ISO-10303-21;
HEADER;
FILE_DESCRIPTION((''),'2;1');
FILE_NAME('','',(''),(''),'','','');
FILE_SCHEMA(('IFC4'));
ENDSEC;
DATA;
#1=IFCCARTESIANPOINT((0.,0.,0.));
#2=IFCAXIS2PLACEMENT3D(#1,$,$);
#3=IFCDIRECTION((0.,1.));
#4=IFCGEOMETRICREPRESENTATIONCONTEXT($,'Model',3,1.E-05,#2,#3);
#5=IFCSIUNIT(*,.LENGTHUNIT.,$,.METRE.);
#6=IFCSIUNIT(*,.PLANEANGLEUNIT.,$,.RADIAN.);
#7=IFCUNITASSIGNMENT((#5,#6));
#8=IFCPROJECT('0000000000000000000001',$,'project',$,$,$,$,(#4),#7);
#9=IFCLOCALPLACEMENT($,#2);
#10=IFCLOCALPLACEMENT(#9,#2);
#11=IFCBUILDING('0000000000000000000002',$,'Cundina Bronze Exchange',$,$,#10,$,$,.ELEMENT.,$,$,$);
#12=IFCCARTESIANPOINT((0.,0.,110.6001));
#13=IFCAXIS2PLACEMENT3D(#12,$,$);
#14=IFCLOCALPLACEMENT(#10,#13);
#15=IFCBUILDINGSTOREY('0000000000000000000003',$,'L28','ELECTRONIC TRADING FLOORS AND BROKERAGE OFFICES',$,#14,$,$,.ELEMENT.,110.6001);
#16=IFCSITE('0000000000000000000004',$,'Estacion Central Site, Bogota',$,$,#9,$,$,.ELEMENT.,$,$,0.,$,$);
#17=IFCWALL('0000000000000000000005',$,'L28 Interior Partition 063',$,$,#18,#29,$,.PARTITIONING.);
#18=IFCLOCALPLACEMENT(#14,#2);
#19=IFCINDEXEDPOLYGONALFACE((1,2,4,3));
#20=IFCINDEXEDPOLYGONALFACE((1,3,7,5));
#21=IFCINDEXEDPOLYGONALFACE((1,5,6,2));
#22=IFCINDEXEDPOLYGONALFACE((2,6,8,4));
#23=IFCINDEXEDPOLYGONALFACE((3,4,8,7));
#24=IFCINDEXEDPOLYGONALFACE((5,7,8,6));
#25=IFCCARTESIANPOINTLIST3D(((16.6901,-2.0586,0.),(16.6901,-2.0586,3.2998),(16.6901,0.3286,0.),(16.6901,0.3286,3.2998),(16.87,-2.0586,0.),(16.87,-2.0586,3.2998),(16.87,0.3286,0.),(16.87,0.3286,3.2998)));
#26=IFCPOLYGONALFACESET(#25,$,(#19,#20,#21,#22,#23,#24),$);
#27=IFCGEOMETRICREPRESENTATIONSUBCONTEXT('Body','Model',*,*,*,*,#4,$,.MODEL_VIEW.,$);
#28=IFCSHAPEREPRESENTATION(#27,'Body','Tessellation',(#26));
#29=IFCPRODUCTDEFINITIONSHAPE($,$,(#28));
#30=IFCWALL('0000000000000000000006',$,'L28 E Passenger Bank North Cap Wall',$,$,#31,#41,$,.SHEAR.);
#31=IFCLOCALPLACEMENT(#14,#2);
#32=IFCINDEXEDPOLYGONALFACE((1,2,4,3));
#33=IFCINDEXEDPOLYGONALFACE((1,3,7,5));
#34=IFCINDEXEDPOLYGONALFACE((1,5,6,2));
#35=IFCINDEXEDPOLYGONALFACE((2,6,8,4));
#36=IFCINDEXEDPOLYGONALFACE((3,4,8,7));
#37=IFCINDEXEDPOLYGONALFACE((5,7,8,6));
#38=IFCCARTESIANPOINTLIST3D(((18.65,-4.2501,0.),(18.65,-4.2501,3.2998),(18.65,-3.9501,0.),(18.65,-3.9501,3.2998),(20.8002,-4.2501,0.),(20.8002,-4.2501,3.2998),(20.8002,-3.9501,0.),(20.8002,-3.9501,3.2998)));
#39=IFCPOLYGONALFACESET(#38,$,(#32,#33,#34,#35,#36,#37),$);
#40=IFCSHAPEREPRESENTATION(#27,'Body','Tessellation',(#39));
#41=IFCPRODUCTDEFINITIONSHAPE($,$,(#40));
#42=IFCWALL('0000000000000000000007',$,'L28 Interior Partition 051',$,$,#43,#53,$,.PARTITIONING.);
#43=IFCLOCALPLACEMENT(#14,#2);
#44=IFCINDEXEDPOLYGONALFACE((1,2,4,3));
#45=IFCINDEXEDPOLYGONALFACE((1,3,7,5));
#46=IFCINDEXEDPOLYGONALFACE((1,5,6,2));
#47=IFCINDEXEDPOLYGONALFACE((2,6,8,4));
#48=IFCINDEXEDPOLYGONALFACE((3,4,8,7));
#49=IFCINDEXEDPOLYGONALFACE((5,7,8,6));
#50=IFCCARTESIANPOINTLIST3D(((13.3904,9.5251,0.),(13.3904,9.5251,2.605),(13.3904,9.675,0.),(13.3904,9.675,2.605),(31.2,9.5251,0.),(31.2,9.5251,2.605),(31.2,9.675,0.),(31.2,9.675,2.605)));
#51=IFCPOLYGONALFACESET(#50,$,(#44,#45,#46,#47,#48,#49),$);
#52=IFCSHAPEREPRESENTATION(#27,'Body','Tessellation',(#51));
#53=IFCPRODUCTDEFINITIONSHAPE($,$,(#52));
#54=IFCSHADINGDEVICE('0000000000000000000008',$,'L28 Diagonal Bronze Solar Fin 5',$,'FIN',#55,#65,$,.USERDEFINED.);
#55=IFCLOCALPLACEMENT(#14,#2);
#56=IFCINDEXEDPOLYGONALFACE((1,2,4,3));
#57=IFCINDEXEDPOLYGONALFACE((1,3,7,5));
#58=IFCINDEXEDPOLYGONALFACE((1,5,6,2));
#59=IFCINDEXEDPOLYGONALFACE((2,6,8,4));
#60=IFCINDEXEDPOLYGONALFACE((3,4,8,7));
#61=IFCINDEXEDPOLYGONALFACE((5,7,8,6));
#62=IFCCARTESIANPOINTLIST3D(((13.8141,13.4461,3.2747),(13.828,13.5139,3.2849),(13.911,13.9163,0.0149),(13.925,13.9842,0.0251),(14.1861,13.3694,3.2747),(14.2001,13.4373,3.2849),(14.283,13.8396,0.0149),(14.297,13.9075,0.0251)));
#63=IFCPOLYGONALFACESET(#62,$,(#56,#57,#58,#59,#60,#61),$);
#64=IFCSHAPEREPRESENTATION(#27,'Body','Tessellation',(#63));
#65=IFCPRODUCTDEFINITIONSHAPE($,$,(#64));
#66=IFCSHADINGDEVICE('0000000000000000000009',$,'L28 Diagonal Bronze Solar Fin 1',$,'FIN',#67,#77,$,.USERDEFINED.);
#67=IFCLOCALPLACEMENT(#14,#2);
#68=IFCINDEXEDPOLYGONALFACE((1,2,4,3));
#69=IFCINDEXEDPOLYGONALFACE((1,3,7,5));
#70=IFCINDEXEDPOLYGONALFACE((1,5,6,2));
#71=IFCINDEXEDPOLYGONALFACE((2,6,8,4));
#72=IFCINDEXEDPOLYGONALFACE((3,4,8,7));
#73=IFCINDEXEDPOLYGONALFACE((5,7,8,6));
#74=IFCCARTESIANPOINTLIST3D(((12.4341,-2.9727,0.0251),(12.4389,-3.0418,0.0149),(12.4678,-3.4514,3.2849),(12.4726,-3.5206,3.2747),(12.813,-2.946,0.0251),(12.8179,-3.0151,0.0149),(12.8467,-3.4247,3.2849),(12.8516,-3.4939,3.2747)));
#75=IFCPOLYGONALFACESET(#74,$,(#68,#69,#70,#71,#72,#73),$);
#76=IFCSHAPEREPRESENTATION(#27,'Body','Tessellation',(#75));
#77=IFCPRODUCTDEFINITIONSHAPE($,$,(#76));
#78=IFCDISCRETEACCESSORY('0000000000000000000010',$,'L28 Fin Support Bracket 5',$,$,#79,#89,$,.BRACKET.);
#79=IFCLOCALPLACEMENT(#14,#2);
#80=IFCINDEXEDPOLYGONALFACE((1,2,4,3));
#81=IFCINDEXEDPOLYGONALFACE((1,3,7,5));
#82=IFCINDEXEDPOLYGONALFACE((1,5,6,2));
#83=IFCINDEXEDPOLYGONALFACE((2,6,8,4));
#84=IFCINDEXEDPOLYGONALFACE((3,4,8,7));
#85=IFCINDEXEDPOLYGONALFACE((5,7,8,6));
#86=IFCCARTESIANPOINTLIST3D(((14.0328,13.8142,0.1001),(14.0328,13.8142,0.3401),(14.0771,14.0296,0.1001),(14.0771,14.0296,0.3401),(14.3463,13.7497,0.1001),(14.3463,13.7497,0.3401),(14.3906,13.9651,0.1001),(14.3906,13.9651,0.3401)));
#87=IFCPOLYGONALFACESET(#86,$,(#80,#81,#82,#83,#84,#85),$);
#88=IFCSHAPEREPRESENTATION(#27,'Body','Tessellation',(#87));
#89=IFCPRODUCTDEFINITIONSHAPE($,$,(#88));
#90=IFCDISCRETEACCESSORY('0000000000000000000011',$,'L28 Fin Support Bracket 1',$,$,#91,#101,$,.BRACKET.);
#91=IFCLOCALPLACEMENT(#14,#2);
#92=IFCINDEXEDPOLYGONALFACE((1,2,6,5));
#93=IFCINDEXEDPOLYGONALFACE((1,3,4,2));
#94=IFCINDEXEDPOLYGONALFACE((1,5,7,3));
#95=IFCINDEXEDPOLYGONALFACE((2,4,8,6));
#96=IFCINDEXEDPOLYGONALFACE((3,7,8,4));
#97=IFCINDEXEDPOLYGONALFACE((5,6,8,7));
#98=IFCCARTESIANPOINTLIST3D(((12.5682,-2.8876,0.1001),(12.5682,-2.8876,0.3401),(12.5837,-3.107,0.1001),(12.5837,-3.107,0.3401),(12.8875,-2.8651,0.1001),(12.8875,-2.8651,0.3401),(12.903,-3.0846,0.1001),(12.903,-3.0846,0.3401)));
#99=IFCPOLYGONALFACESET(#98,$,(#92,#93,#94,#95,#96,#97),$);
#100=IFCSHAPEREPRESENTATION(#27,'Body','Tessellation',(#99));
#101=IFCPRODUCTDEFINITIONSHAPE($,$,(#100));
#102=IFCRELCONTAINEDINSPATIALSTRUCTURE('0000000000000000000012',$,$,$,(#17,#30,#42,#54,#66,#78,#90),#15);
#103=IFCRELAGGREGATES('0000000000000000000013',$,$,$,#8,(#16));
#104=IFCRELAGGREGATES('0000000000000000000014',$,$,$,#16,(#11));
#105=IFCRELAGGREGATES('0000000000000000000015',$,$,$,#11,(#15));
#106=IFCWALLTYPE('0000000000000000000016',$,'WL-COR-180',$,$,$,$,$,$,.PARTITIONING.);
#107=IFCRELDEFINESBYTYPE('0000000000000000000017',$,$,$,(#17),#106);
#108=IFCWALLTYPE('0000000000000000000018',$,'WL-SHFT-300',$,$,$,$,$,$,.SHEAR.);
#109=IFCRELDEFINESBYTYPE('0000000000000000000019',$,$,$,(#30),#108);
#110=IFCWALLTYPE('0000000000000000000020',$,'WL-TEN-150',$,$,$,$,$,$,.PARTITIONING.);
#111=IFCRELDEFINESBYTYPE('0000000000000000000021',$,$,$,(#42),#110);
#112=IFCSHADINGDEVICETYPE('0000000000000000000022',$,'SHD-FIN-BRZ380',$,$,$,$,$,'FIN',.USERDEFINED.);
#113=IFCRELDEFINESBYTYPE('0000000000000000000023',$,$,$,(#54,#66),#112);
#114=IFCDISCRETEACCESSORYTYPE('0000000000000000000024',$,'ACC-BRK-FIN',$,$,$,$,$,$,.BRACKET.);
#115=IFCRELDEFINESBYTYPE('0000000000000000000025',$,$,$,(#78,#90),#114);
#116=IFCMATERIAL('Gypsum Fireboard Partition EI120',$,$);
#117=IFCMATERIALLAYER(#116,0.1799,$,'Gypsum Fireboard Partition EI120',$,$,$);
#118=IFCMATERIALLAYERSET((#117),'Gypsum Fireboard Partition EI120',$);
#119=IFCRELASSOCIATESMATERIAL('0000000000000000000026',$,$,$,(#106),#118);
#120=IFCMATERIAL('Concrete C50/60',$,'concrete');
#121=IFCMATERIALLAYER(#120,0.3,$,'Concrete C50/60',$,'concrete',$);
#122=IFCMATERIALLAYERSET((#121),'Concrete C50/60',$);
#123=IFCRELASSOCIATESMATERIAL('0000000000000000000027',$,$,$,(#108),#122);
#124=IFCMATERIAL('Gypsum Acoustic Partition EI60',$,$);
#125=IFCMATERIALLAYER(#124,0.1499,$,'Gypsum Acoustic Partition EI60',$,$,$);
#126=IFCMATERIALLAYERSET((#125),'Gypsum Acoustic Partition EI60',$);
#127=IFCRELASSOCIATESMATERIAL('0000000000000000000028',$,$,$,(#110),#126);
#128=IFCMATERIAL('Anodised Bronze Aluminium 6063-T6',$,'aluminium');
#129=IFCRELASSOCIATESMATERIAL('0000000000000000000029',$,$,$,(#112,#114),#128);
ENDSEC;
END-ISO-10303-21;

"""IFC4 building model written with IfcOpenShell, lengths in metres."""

from ifc_helpers import new_model, si_unit, direction, frame, frame_2d, origin, origin_2d, place, context, subcontext, project, spatial, rectangle, extrude, material, layer, layer_set, material_profile, profile_set, type_object, element, save


model = new_model("IFC4")

# Units and contexts
model_context = context("Model", 3, precision=1e-05, world=origin(), true_north=direction((0.0, 1.0)))
body_context = subcontext(model_context, "Body", "Model", "MODEL_VIEW")
ifc_project = project(units=[si_unit("LENGTHUNIT", "METRE"), si_unit("PLANEANGLEUNIT", "RADIAN")], contexts=[model_context])

# Site, building, storey
site_placement = place(None, origin())
site = spatial("IfcSite", under=ifc_project, at=site_placement, Name="Estacion Central Site, Bogota", CompositionType="ELEMENT", RefElevation=0.0)
building_placement = place(site_placement, origin())
building = spatial("IfcBuilding", under=site, at=building_placement, Name="Cundina Bronze Exchange", CompositionType="ELEMENT")
storey_placement = place(building_placement, frame((0.0, 0.0, 110.6001)))
storey = spatial("IfcBuildingStorey", under=building, at=storey_placement, Name="L28", Description="ELECTRONIC TRADING FLOORS AND BROKERAGE OFFICES", CompositionType="ELEMENT", Elevation=110.6001)

# Shared definitions
ifc_material_1 = material(Name="Anodised Bronze Aluminium 6063-T6", Category="aluminium")

# Shared definitions
ifc_material_2 = material(Name="Gypsum Fireboard Partition EI120")
ifc_layer_1 = layer(ifc_material_2, 0.1799, Name="Gypsum Fireboard Partition EI120")
ifc_layer_set_1 = layer_set([ifc_layer_1], Name="Gypsum Fireboard Partition EI120")
wall_type_1 = type_object("IfcWallType", Name="WL-COR-180", PredefinedType="PARTITIONING", material=ifc_layer_set_1)

# Walls
wall_1_placement = place(storey_placement, frame((16.78, 0.3286, 0.0), z_axis=(0.0, 0.0, 1.0), x_axis=(0.0, -1.0, 0.0)))
element("IfcWall", 1, at=wall_1_placement, inside=storey, type_object=wall_type_1, Name="L28 Interior Partition 063", PredefinedType="PARTITIONING", context=body_context, shape_type="SweptSolid", body=[
    extrude(rectangle(XDim=2.3872, YDim=0.1799, at=frame_2d((1.1936, 0.0))), origin(), (0.0, 0.0, 1.0), 3.2998),
])
ifc_material_3 = material(Name="Concrete C50/60", Category="concrete")
ifc_layer_2 = layer(ifc_material_3, 0.3, Name="Concrete C50/60", Category="concrete")
ifc_layer_set_2 = layer_set([ifc_layer_2], Name="Concrete C50/60")
wall_type_2 = type_object("IfcWallType", Name="WL-SHFT-300", PredefinedType="SHEAR", material=ifc_layer_set_2)
wall_2_placement = place(storey_placement, frame((18.6499, -4.1001, 0.0), z_axis=(0.0, 0.0, 1.0), x_axis=(1.0, 0.0, 0.0)))
element("IfcWall", 2, at=wall_2_placement, inside=storey, type_object=wall_type_2, Name="L28 E Passenger Bank North Cap Wall", PredefinedType="SHEAR", context=body_context, shape_type="SweptSolid", body=[
    extrude(rectangle(XDim=2.1501, YDim=0.3, at=frame_2d((1.0752, 0.0))), origin(), (0.0, 0.0, 1.0), 3.2998),
])
ifc_material_4 = material(Name="Gypsum Acoustic Partition EI60")
ifc_layer_3 = layer(ifc_material_4, 0.1499, Name="Gypsum Acoustic Partition EI60")
ifc_layer_set_3 = layer_set([ifc_layer_3], Name="Gypsum Acoustic Partition EI60")
wall_type_3 = type_object("IfcWallType", Name="WL-TEN-150", PredefinedType="PARTITIONING", material=ifc_layer_set_3)
wall_3_placement = place(storey_placement, frame((13.3904, 9.6001, 0.0), z_axis=(0.0, 0.0, 1.0), x_axis=(1.0, 0.0, 0.0)))
element("IfcWall", 3, at=wall_3_placement, inside=storey, type_object=wall_type_3, Name="L28 Interior Partition 051", PredefinedType="PARTITIONING", context=body_context, shape_type="SweptSolid", body=[
    extrude(rectangle(XDim=17.8096, YDim=0.1499, at=frame_2d((8.9048, 0.0))), origin(), (0.0, 0.0, 1.0), 2.605),
])

# Shading devices
ifc_material_profile_1 = material_profile(ifc_material_1, rectangle(XDim=0.0701, YDim=0.3799, at=origin_2d()), Name="FIN70X380", Category="aluminium")
ifc_profile_set_1 = profile_set([ifc_material_profile_1], Name="Anodised Bronze Aluminium 6063-T6")
shading_device_type = type_object("IfcShadingDeviceType", Name="SHD-FIN-BRZ380", ElementType="FIN", PredefinedType="USERDEFINED", material=ifc_profile_set_1)
for number, where, z_axis, x_axis, name in (
    (4, (14.104, 13.9119, 0.02), (-0.029416, -0.142709, 0.989328), (0.199728, 0.968957, 0.145709), "L28 Diagonal Bronze Solar Fin 5"),
    (5, (12.626, -2.9939, 0.02), (0.010225, -0.145303, 0.989334), (-0.06945, 0.986894, 0.145662), "L28 Diagonal Bronze Solar Fin 1"),
):
    element("IfcShadingDevice", number, at=place(storey_placement, frame(where, z_axis=z_axis, x_axis=x_axis)), inside=storey, type_object=shading_device_type, Name=name, ObjectType="FIN", PredefinedType="USERDEFINED", context=body_context, shape_type="SweptSolid", body=[
        extrude(rectangle(XDim=0.0701, YDim=0.3799, at=origin_2d()), origin(), (0.0, 0.0, 1.0), 3.2949),
    ])

# Discrete accessories
discrete_accessory_type = type_object("IfcDiscreteAccessoryType", Name="ACC-BRK-FIN", PredefinedType="BRACKET", material=ifc_material_1)
for number, where, z_axis, x_axis, name in (
    (6, (14.2117, 13.8896, 0.1001), (0.0, 0.0, 1.0), (-0.20142, -0.979505, 0.0), "L28 Fin Support Bracket 5"),
    (7, (12.7356, -2.9861, 0.1001), (0.0, 0.0, 1.0), (0.070279, -0.997527, 0.0), "L28 Fin Support Bracket 1"),
):
    element("IfcDiscreteAccessory", number, at=place(storey_placement, frame(where, z_axis=z_axis, x_axis=x_axis)), inside=storey, type_object=discrete_accessory_type, Name=name, PredefinedType="BRACKET", context=body_context, shape_type="SweptSolid", body=[
        extrude(rectangle(XDim=0.22, YDim=0.3201, at=origin_2d()), origin(), (0.0, 0.0, 1.0), 0.24),
    ])

save(model, "model.ifc")
